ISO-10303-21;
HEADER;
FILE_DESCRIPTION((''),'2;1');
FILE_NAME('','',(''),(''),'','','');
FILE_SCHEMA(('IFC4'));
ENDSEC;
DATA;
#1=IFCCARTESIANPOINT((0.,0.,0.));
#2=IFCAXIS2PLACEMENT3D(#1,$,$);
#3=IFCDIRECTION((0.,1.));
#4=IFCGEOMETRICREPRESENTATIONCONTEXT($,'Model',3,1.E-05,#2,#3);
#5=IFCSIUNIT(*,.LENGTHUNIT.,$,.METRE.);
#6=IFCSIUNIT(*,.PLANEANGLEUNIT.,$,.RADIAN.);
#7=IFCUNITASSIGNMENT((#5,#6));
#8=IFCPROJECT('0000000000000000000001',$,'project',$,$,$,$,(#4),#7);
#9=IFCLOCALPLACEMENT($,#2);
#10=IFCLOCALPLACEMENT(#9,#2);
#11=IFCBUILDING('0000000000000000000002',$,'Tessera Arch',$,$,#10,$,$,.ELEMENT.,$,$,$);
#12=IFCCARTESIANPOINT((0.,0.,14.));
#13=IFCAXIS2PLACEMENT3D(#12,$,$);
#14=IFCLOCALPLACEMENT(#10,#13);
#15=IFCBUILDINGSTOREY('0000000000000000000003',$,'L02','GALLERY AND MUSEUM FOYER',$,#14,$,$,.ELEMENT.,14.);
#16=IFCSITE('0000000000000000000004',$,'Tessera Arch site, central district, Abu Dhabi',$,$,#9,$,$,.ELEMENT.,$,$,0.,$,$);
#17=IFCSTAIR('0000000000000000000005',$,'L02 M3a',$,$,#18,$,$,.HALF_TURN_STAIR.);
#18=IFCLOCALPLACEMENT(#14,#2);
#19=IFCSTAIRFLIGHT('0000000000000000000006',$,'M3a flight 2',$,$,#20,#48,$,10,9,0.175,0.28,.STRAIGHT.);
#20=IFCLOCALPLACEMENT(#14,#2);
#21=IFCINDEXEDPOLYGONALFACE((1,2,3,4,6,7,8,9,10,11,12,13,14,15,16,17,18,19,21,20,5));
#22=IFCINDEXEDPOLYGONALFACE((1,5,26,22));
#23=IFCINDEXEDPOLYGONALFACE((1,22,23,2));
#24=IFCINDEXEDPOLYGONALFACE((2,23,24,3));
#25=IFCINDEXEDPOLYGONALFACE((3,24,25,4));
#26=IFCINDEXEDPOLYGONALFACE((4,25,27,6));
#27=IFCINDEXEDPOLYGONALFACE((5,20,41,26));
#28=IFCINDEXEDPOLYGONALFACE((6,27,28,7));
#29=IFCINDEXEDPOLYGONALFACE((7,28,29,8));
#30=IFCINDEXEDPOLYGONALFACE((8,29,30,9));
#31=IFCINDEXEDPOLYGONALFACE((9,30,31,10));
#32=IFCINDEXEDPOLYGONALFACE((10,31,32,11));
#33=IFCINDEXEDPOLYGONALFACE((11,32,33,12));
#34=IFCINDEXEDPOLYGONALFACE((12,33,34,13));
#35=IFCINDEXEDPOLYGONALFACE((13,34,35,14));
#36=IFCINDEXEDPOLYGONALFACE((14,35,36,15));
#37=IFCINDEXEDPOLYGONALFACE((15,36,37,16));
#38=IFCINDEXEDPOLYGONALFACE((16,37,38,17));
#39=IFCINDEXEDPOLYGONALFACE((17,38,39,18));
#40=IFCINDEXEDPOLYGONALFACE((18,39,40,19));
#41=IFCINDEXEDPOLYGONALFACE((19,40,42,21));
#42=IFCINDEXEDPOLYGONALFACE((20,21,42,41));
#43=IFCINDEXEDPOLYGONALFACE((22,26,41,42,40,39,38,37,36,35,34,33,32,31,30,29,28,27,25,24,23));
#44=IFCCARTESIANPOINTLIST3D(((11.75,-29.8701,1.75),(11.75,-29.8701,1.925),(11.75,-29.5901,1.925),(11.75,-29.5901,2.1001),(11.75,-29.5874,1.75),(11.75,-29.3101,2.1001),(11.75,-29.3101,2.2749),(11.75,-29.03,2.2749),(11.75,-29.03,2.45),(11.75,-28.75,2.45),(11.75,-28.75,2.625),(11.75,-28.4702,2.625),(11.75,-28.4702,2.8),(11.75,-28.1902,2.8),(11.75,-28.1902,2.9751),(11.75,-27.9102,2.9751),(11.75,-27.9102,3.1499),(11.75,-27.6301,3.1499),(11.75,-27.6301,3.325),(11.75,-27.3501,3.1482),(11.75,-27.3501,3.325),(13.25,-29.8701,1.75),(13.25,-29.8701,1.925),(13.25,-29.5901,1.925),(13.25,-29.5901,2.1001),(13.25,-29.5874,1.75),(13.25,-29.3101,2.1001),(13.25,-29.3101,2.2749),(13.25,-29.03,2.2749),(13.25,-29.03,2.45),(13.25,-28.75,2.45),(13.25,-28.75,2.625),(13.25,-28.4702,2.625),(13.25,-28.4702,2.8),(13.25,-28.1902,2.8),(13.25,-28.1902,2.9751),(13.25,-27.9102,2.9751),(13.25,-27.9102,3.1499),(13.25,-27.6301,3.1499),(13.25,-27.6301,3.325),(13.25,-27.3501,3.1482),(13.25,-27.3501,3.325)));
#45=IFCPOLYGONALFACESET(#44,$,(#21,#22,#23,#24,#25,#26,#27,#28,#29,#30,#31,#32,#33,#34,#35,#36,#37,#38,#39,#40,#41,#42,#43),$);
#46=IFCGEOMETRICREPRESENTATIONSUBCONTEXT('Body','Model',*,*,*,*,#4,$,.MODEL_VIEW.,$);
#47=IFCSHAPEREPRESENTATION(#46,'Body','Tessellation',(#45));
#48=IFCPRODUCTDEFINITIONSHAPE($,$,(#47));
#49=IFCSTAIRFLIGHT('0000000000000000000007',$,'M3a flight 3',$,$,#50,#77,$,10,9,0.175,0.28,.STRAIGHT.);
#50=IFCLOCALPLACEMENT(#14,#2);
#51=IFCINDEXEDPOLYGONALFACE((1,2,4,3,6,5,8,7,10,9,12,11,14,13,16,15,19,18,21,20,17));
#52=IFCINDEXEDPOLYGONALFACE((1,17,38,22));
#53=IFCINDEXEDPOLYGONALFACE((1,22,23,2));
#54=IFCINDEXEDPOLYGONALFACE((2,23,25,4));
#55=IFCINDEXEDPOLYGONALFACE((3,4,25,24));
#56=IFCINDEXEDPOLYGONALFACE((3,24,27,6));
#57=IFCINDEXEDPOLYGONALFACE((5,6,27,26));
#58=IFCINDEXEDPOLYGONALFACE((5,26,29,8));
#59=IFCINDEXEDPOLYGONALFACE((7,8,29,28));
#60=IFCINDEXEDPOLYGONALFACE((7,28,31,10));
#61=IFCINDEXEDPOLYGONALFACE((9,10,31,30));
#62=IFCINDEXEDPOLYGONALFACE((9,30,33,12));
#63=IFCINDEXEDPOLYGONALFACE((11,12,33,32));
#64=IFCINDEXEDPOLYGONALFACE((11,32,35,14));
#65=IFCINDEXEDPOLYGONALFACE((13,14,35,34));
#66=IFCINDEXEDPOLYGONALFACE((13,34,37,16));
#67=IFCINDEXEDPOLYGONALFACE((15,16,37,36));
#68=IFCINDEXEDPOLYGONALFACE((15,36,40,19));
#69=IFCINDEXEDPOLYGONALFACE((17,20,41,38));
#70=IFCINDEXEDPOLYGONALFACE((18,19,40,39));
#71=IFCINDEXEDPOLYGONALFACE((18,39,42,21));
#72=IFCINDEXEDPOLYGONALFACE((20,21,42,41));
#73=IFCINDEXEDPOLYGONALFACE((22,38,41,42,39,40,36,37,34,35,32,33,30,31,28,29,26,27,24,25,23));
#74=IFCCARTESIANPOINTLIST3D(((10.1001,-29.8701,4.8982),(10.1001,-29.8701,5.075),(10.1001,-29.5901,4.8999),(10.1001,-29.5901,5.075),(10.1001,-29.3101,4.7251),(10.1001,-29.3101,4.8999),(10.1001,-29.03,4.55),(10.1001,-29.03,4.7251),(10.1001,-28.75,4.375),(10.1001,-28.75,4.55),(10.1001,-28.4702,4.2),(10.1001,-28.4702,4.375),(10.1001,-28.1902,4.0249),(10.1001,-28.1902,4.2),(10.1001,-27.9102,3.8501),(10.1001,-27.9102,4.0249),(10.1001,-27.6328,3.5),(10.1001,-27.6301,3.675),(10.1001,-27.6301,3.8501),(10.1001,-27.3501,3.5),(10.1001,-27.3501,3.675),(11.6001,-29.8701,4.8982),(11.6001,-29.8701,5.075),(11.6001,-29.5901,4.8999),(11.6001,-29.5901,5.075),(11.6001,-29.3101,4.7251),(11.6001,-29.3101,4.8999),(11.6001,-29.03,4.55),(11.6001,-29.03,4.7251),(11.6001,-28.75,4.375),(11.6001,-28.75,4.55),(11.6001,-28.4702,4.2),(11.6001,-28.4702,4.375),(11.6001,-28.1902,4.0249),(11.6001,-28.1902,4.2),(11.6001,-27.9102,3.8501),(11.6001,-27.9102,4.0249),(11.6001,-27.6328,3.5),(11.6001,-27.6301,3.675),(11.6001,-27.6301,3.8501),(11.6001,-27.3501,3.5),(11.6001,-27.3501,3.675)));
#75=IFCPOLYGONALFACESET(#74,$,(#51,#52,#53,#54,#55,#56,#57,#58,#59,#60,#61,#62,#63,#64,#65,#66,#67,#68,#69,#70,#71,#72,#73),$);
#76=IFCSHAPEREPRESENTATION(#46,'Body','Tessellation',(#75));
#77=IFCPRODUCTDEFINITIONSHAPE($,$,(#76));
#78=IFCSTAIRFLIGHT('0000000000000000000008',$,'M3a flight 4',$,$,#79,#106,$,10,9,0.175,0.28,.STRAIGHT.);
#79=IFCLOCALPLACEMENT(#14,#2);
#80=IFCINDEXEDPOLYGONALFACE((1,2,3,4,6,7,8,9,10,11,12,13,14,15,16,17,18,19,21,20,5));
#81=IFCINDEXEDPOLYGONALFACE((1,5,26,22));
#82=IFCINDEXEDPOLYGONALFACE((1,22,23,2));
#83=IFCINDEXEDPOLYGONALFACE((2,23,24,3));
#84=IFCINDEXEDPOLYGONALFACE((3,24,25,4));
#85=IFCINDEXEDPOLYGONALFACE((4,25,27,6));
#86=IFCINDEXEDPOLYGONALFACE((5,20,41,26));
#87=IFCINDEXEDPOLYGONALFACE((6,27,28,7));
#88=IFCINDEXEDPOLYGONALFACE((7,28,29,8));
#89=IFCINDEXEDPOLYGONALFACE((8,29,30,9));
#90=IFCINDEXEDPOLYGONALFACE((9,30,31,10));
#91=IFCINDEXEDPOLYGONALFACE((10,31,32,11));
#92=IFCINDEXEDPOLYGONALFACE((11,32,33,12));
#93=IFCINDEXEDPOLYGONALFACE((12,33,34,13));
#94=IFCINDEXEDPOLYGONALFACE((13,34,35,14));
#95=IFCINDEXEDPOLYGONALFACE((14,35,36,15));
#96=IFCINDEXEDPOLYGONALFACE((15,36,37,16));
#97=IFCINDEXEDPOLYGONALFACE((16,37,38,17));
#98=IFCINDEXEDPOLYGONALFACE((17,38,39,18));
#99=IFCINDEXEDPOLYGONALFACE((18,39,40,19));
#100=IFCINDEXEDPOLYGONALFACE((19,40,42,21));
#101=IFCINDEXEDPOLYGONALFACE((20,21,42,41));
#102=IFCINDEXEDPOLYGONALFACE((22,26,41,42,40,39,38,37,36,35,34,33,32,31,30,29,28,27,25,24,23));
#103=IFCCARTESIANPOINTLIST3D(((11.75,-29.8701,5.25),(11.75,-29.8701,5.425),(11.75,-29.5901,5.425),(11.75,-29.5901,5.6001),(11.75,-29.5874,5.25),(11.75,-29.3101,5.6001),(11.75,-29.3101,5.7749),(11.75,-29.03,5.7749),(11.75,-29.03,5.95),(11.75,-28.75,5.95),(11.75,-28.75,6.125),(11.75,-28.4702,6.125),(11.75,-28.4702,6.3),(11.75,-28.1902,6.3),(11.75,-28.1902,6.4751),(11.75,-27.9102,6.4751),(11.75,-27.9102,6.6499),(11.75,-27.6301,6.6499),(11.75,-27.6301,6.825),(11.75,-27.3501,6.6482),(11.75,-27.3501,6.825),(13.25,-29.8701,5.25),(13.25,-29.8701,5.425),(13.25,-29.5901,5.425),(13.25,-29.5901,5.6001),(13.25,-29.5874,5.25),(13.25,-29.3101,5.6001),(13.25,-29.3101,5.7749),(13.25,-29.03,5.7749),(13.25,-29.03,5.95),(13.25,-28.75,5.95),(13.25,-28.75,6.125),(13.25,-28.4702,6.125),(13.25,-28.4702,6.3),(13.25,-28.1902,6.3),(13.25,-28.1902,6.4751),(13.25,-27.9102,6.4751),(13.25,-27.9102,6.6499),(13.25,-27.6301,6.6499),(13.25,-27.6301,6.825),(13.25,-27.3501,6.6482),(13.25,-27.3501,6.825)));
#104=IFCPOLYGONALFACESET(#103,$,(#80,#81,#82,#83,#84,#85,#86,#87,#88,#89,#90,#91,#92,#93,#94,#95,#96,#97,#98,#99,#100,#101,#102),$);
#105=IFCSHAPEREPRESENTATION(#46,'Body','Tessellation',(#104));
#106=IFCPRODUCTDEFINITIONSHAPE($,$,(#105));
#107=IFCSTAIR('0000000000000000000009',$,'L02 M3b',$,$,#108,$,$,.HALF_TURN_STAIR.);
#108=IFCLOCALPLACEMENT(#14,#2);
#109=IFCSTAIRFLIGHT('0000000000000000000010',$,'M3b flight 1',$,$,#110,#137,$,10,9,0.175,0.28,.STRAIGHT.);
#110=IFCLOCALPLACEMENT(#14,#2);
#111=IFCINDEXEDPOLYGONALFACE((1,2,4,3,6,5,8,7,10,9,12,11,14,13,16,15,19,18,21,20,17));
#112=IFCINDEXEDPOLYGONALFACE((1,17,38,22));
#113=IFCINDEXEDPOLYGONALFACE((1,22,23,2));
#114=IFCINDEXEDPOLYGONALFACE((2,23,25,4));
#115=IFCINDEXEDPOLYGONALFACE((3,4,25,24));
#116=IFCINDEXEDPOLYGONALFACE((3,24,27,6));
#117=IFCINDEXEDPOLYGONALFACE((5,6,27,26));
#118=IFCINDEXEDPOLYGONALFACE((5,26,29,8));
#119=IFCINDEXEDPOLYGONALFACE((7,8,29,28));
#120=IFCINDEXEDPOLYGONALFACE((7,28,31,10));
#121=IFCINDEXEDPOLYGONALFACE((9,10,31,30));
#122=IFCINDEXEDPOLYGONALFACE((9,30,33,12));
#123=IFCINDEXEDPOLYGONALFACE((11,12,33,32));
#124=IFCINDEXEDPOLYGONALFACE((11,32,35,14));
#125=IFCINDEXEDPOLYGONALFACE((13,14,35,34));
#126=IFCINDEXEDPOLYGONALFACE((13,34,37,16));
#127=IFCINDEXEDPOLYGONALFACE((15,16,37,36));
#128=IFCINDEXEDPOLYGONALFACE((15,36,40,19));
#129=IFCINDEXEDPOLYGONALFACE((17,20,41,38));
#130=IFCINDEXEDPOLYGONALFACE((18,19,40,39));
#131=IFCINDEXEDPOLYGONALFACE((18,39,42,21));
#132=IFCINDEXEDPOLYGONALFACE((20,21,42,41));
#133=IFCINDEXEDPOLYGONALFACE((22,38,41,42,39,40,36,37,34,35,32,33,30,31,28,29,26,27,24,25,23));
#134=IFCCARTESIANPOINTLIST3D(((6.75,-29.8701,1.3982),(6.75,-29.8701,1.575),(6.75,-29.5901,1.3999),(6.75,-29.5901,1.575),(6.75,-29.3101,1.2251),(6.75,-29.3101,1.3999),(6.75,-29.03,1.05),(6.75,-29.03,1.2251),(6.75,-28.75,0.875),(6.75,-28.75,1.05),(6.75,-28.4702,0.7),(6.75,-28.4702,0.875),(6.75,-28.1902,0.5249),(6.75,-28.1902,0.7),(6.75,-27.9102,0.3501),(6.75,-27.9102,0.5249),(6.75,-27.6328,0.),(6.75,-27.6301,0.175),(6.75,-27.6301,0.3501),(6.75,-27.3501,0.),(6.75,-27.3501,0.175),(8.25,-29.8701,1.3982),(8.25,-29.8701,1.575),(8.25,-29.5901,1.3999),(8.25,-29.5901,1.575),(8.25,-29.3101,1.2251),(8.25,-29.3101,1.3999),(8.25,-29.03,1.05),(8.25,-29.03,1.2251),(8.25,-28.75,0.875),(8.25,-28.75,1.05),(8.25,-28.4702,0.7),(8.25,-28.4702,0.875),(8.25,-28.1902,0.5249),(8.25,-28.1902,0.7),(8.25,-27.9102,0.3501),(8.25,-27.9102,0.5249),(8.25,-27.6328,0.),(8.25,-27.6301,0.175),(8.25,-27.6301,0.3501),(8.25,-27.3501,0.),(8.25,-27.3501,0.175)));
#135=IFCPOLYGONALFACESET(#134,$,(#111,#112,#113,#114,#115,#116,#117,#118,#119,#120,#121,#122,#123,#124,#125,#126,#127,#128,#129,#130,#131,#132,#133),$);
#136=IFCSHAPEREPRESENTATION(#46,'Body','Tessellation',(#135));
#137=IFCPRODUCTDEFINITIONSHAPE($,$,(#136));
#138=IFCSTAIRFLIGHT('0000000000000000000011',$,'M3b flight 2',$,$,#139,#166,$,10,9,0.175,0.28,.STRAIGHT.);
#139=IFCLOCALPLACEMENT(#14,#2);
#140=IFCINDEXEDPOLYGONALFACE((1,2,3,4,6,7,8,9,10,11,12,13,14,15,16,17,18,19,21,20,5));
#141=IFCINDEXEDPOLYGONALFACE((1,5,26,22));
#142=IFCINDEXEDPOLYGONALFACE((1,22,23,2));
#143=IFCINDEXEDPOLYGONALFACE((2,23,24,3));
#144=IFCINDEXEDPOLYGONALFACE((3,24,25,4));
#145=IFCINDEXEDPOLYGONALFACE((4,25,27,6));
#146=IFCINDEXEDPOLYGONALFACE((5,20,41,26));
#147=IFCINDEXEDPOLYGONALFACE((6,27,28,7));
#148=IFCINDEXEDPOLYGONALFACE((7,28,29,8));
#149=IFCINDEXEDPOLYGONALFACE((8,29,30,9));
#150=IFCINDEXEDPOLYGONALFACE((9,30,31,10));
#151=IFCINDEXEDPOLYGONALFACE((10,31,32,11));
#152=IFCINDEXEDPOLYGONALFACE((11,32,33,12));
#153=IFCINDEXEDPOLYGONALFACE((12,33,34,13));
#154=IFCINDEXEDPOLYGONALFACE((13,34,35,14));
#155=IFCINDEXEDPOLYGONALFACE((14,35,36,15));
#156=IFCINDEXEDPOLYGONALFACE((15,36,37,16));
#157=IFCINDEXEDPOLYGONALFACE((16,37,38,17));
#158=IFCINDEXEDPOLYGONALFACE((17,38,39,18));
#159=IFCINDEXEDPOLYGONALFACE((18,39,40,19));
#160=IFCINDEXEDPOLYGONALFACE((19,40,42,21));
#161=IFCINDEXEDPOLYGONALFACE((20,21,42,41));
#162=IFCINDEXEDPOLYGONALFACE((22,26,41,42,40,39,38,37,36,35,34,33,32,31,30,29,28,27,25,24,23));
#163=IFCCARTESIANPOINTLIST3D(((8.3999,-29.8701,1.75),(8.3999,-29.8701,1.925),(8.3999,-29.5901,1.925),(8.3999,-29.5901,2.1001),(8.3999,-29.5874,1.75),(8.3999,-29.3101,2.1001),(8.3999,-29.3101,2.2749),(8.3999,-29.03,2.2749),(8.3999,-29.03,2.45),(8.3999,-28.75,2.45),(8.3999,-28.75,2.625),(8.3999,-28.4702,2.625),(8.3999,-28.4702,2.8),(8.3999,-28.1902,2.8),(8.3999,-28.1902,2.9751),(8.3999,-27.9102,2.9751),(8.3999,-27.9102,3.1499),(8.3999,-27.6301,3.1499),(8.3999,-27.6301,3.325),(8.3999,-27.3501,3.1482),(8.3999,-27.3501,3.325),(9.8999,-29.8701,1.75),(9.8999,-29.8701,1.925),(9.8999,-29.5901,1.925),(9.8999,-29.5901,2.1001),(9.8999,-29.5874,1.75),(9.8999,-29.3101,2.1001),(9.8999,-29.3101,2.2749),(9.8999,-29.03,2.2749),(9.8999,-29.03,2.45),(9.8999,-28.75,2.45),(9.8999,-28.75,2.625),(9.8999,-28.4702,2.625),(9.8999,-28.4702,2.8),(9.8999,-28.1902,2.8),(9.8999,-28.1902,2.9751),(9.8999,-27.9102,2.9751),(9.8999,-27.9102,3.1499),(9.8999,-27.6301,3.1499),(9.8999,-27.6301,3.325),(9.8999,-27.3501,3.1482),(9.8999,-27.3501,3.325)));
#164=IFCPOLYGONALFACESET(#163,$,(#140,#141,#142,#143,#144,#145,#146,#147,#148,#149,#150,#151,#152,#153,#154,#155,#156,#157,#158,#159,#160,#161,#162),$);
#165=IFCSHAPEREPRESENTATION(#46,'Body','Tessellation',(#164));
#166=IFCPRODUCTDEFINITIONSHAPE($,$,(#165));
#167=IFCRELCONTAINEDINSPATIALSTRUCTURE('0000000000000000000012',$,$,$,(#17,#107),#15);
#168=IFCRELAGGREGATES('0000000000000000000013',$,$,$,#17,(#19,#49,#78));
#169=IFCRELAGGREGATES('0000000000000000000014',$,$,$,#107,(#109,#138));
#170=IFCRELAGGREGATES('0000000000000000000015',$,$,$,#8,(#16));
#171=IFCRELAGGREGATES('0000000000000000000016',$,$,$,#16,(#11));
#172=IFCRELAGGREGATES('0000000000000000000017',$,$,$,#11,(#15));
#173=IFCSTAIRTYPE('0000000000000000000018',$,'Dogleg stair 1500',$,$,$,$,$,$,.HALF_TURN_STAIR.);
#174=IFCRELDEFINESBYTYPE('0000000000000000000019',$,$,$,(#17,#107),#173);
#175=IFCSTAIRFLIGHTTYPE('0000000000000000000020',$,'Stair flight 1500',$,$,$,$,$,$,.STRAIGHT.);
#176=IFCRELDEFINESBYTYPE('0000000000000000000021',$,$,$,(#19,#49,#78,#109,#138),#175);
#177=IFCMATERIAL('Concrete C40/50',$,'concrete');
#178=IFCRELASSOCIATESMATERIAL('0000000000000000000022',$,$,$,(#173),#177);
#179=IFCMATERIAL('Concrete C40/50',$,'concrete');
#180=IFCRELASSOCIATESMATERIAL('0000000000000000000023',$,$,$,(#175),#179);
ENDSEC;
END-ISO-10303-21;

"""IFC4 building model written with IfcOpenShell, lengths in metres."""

from ifc_helpers import new_model, si_unit, direction, frame, origin, place, context, subcontext, project, spatial, polyline, outline, extrude, material, type_object, element, aggregate, save


model = new_model("IFC4")

# Units and contexts
model_context = context("Model", 3, precision=1e-05, world=origin(), true_north=direction((0.0, 1.0)))
body_context = subcontext(model_context, "Body", "Model", "MODEL_VIEW")
ifc_project = project(units=[si_unit("LENGTHUNIT", "METRE"), si_unit("PLANEANGLEUNIT", "RADIAN")], contexts=[model_context])

# Site, building, storey
site_placement = place(None, origin())
site = spatial("IfcSite", under=ifc_project, at=site_placement, Name="Tessera Arch site, central district, Abu Dhabi", CompositionType="ELEMENT", RefElevation=0.0)
building_placement = place(site_placement, origin())
building = spatial("IfcBuilding", under=site, at=building_placement, Name="Tessera Arch", CompositionType="ELEMENT")
storey_placement = place(building_placement, frame((0.0, 0.0, 14.0)))
storey = spatial("IfcBuildingStorey", under=building, at=storey_placement, Name="L02", Description="GALLERY AND MUSEUM FOYER", CompositionType="ELEMENT", Elevation=14.0)

# Stairs, stair flights
ifc_material_1 = material(Name="Concrete C40/50", Category="concrete")
stair_type = type_object("IfcStairType", Name="Dogleg stair 1500", PredefinedType="HALF_TURN_STAIR", material=ifc_material_1)
stair_1_placement = place(storey_placement, origin())
stair_1 = element("IfcStair", 1, at=stair_1_placement, inside=storey, type_object=stair_type, Name="L02 M3a", PredefinedType="HALF_TURN_STAIR")
ifc_material_2 = material(Name="Concrete C40/50", Category="concrete")
stair_flight_type = type_object("IfcStairFlightType", Name="Stair flight 1500", PredefinedType="STRAIGHT", material=ifc_material_2)
stair_flight_1_placement = place(storey_placement, frame((12.5, -29.8701, 1.75), z_axis=(0.0, 0.0, 1.0), x_axis=(0.0, 1.0, 0.0)))
stair_flight_1 = element("IfcStairFlight", 2, at=stair_flight_1_placement, type_object=stair_flight_type, Name="M3a flight 2", NumberOfRisers=10, NumberOfTreads=9, PredefinedType="STRAIGHT", RiserHeight=0.175, TreadLength=0.28, context=body_context, shape_type="SweptSolid", body=[
    extrude(outline(polyline([(0.0, 0.0), (0.0, 0.175), (0.28, 0.175), (0.28, 0.3501), (0.5601, 0.3501), (0.5601, 0.5249), (0.8401, 0.5249), (0.8401, 0.7), (1.1201, 0.7), (1.1201, 0.875), (1.3999, 0.875), (1.3999, 1.05), (1.6799, 1.05), (1.6799, 1.2251), (1.96, 1.2251), (1.96, 1.3999), (2.24, 1.3999), (2.24, 1.575), (2.52, 1.575), (2.52, 1.75), (2.52, 1.3982), (0.2827, 0.0), (0.0, 0.0)])), frame((0.0, 0.75, 0.0), z_axis=(0.0, -1.0, 0.0), x_axis=(1.0, 0.0, 0.0)), (0.0, 0.0, 1.0), 1.5),
])
stair_flight_2_placement = place(storey_placement, frame((10.8501, -27.3501, 3.5), z_axis=(0.0, 0.0, 1.0), x_axis=(0.0, -1.0, 0.0)))
stair_flight_2 = element("IfcStairFlight", 3, at=stair_flight_2_placement, type_object=stair_flight_type, Name="M3a flight 3", NumberOfRisers=10, NumberOfTreads=9, PredefinedType="STRAIGHT", RiserHeight=0.175, TreadLength=0.28, context=body_context, shape_type="SweptSolid", body=[
    extrude(outline(polyline([(0.0, 0.0), (0.0, 0.175), (0.28, 0.175), (0.28, 0.3501), (0.5601, 0.3501), (0.5601, 0.5249), (0.8401, 0.5249), (0.8401, 0.7), (1.1201, 0.7), (1.1201, 0.875), (1.3999, 0.875), (1.3999, 1.05), (1.6799, 1.05), (1.6799, 1.2251), (1.96, 1.2251), (1.96, 1.3999), (2.24, 1.3999), (2.24, 1.575), (2.52, 1.575), (2.52, 1.75), (2.52, 1.3982), (0.2827, 0.0), (0.0, 0.0)])), frame((0.0, 0.75, 0.0), z_axis=(0.0, -1.0, 0.0), x_axis=(1.0, 0.0, 0.0)), (0.0, 0.0, 1.0), 1.5),
])
stair_flight_3_placement = place(storey_placement, frame((12.5, -29.8701, 5.25), z_axis=(0.0, 0.0, 1.0), x_axis=(0.0, 1.0, 0.0)))
stair_flight_3 = element("IfcStairFlight", 4, at=stair_flight_3_placement, type_object=stair_flight_type, Name="M3a flight 4", NumberOfRisers=10, NumberOfTreads=9, PredefinedType="STRAIGHT", RiserHeight=0.175, TreadLength=0.28, context=body_context, shape_type="SweptSolid", body=[
    extrude(outline(polyline([(0.0, 0.0), (0.0, 0.175), (0.28, 0.175), (0.28, 0.3501), (0.5601, 0.3501), (0.5601, 0.5249), (0.8401, 0.5249), (0.8401, 0.7), (1.1201, 0.7), (1.1201, 0.875), (1.3999, 0.875), (1.3999, 1.05), (1.6799, 1.05), (1.6799, 1.2251), (1.96, 1.2251), (1.96, 1.3999), (2.24, 1.3999), (2.24, 1.575), (2.52, 1.575), (2.52, 1.75), (2.52, 1.3982), (0.2827, 0.0), (0.0, 0.0)])), frame((0.0, 0.75, 0.0), z_axis=(0.0, -1.0, 0.0), x_axis=(1.0, 0.0, 0.0)), (0.0, 0.0, 1.0), 1.5),
])
aggregate(stair_1, [stair_flight_1, stair_flight_2, stair_flight_3])
stair_2_placement = place(storey_placement, origin())
stair_2 = element("IfcStair", 5, at=stair_2_placement, inside=storey, type_object=stair_type, Name="L02 M3b", PredefinedType="HALF_TURN_STAIR")
stair_flight_4_placement = place(storey_placement, frame((7.5, -27.3501, 0.0), z_axis=(0.0, 0.0, 1.0), x_axis=(0.0, -1.0, 0.0)))
stair_flight_4 = element("IfcStairFlight", 6, at=stair_flight_4_placement, type_object=stair_flight_type, Name="M3b flight 1", NumberOfRisers=10, NumberOfTreads=9, PredefinedType="STRAIGHT", RiserHeight=0.175, TreadLength=0.28, context=body_context, shape_type="SweptSolid", body=[
    extrude(outline(polyline([(0.0, 0.0), (0.0, 0.175), (0.28, 0.175), (0.28, 0.3501), (0.5601, 0.3501), (0.5601, 0.5249), (0.8401, 0.5249), (0.8401, 0.7), (1.1201, 0.7), (1.1201, 0.875), (1.3999, 0.875), (1.3999, 1.05), (1.6799, 1.05), (1.6799, 1.2251), (1.96, 1.2251), (1.96, 1.3999), (2.24, 1.3999), (2.24, 1.575), (2.52, 1.575), (2.52, 1.75), (2.52, 1.3982), (0.2827, 0.0), (0.0, 0.0)])), frame((0.0, 0.75, 0.0), z_axis=(0.0, -1.0, 0.0), x_axis=(1.0, 0.0, 0.0)), (0.0, 0.0, 1.0), 1.5),
])
stair_flight_5_placement = place(storey_placement, frame((9.1499, -29.8701, 1.75), z_axis=(0.0, 0.0, 1.0), x_axis=(0.0, 1.0, 0.0)))
stair_flight_5 = element("IfcStairFlight", 7, at=stair_flight_5_placement, type_object=stair_flight_type, Name="M3b flight 2", NumberOfRisers=10, NumberOfTreads=9, PredefinedType="STRAIGHT", RiserHeight=0.175, TreadLength=0.28, context=body_context, shape_type="SweptSolid", body=[
    extrude(outline(polyline([(0.0, 0.0), (0.0, 0.175), (0.28, 0.175), (0.28, 0.3501), (0.5601, 0.3501), (0.5601, 0.5249), (0.8401, 0.5249), (0.8401, 0.7), (1.1201, 0.7), (1.1201, 0.875), (1.3999, 0.875), (1.3999, 1.05), (1.6799, 1.05), (1.6799, 1.2251), (1.96, 1.2251), (1.96, 1.3999), (2.24, 1.3999), (2.24, 1.575), (2.52, 1.575), (2.52, 1.75), (2.52, 1.3982), (0.2827, 0.0), (0.0, 0.0)])), frame((0.0, 0.75, 0.0), z_axis=(0.0, -1.0, 0.0), x_axis=(1.0, 0.0, 0.0)), (0.0, 0.0, 1.0), 1.5),
])
aggregate(stair_2, [stair_flight_4, stair_flight_5])

save(model, "model.ifc")
